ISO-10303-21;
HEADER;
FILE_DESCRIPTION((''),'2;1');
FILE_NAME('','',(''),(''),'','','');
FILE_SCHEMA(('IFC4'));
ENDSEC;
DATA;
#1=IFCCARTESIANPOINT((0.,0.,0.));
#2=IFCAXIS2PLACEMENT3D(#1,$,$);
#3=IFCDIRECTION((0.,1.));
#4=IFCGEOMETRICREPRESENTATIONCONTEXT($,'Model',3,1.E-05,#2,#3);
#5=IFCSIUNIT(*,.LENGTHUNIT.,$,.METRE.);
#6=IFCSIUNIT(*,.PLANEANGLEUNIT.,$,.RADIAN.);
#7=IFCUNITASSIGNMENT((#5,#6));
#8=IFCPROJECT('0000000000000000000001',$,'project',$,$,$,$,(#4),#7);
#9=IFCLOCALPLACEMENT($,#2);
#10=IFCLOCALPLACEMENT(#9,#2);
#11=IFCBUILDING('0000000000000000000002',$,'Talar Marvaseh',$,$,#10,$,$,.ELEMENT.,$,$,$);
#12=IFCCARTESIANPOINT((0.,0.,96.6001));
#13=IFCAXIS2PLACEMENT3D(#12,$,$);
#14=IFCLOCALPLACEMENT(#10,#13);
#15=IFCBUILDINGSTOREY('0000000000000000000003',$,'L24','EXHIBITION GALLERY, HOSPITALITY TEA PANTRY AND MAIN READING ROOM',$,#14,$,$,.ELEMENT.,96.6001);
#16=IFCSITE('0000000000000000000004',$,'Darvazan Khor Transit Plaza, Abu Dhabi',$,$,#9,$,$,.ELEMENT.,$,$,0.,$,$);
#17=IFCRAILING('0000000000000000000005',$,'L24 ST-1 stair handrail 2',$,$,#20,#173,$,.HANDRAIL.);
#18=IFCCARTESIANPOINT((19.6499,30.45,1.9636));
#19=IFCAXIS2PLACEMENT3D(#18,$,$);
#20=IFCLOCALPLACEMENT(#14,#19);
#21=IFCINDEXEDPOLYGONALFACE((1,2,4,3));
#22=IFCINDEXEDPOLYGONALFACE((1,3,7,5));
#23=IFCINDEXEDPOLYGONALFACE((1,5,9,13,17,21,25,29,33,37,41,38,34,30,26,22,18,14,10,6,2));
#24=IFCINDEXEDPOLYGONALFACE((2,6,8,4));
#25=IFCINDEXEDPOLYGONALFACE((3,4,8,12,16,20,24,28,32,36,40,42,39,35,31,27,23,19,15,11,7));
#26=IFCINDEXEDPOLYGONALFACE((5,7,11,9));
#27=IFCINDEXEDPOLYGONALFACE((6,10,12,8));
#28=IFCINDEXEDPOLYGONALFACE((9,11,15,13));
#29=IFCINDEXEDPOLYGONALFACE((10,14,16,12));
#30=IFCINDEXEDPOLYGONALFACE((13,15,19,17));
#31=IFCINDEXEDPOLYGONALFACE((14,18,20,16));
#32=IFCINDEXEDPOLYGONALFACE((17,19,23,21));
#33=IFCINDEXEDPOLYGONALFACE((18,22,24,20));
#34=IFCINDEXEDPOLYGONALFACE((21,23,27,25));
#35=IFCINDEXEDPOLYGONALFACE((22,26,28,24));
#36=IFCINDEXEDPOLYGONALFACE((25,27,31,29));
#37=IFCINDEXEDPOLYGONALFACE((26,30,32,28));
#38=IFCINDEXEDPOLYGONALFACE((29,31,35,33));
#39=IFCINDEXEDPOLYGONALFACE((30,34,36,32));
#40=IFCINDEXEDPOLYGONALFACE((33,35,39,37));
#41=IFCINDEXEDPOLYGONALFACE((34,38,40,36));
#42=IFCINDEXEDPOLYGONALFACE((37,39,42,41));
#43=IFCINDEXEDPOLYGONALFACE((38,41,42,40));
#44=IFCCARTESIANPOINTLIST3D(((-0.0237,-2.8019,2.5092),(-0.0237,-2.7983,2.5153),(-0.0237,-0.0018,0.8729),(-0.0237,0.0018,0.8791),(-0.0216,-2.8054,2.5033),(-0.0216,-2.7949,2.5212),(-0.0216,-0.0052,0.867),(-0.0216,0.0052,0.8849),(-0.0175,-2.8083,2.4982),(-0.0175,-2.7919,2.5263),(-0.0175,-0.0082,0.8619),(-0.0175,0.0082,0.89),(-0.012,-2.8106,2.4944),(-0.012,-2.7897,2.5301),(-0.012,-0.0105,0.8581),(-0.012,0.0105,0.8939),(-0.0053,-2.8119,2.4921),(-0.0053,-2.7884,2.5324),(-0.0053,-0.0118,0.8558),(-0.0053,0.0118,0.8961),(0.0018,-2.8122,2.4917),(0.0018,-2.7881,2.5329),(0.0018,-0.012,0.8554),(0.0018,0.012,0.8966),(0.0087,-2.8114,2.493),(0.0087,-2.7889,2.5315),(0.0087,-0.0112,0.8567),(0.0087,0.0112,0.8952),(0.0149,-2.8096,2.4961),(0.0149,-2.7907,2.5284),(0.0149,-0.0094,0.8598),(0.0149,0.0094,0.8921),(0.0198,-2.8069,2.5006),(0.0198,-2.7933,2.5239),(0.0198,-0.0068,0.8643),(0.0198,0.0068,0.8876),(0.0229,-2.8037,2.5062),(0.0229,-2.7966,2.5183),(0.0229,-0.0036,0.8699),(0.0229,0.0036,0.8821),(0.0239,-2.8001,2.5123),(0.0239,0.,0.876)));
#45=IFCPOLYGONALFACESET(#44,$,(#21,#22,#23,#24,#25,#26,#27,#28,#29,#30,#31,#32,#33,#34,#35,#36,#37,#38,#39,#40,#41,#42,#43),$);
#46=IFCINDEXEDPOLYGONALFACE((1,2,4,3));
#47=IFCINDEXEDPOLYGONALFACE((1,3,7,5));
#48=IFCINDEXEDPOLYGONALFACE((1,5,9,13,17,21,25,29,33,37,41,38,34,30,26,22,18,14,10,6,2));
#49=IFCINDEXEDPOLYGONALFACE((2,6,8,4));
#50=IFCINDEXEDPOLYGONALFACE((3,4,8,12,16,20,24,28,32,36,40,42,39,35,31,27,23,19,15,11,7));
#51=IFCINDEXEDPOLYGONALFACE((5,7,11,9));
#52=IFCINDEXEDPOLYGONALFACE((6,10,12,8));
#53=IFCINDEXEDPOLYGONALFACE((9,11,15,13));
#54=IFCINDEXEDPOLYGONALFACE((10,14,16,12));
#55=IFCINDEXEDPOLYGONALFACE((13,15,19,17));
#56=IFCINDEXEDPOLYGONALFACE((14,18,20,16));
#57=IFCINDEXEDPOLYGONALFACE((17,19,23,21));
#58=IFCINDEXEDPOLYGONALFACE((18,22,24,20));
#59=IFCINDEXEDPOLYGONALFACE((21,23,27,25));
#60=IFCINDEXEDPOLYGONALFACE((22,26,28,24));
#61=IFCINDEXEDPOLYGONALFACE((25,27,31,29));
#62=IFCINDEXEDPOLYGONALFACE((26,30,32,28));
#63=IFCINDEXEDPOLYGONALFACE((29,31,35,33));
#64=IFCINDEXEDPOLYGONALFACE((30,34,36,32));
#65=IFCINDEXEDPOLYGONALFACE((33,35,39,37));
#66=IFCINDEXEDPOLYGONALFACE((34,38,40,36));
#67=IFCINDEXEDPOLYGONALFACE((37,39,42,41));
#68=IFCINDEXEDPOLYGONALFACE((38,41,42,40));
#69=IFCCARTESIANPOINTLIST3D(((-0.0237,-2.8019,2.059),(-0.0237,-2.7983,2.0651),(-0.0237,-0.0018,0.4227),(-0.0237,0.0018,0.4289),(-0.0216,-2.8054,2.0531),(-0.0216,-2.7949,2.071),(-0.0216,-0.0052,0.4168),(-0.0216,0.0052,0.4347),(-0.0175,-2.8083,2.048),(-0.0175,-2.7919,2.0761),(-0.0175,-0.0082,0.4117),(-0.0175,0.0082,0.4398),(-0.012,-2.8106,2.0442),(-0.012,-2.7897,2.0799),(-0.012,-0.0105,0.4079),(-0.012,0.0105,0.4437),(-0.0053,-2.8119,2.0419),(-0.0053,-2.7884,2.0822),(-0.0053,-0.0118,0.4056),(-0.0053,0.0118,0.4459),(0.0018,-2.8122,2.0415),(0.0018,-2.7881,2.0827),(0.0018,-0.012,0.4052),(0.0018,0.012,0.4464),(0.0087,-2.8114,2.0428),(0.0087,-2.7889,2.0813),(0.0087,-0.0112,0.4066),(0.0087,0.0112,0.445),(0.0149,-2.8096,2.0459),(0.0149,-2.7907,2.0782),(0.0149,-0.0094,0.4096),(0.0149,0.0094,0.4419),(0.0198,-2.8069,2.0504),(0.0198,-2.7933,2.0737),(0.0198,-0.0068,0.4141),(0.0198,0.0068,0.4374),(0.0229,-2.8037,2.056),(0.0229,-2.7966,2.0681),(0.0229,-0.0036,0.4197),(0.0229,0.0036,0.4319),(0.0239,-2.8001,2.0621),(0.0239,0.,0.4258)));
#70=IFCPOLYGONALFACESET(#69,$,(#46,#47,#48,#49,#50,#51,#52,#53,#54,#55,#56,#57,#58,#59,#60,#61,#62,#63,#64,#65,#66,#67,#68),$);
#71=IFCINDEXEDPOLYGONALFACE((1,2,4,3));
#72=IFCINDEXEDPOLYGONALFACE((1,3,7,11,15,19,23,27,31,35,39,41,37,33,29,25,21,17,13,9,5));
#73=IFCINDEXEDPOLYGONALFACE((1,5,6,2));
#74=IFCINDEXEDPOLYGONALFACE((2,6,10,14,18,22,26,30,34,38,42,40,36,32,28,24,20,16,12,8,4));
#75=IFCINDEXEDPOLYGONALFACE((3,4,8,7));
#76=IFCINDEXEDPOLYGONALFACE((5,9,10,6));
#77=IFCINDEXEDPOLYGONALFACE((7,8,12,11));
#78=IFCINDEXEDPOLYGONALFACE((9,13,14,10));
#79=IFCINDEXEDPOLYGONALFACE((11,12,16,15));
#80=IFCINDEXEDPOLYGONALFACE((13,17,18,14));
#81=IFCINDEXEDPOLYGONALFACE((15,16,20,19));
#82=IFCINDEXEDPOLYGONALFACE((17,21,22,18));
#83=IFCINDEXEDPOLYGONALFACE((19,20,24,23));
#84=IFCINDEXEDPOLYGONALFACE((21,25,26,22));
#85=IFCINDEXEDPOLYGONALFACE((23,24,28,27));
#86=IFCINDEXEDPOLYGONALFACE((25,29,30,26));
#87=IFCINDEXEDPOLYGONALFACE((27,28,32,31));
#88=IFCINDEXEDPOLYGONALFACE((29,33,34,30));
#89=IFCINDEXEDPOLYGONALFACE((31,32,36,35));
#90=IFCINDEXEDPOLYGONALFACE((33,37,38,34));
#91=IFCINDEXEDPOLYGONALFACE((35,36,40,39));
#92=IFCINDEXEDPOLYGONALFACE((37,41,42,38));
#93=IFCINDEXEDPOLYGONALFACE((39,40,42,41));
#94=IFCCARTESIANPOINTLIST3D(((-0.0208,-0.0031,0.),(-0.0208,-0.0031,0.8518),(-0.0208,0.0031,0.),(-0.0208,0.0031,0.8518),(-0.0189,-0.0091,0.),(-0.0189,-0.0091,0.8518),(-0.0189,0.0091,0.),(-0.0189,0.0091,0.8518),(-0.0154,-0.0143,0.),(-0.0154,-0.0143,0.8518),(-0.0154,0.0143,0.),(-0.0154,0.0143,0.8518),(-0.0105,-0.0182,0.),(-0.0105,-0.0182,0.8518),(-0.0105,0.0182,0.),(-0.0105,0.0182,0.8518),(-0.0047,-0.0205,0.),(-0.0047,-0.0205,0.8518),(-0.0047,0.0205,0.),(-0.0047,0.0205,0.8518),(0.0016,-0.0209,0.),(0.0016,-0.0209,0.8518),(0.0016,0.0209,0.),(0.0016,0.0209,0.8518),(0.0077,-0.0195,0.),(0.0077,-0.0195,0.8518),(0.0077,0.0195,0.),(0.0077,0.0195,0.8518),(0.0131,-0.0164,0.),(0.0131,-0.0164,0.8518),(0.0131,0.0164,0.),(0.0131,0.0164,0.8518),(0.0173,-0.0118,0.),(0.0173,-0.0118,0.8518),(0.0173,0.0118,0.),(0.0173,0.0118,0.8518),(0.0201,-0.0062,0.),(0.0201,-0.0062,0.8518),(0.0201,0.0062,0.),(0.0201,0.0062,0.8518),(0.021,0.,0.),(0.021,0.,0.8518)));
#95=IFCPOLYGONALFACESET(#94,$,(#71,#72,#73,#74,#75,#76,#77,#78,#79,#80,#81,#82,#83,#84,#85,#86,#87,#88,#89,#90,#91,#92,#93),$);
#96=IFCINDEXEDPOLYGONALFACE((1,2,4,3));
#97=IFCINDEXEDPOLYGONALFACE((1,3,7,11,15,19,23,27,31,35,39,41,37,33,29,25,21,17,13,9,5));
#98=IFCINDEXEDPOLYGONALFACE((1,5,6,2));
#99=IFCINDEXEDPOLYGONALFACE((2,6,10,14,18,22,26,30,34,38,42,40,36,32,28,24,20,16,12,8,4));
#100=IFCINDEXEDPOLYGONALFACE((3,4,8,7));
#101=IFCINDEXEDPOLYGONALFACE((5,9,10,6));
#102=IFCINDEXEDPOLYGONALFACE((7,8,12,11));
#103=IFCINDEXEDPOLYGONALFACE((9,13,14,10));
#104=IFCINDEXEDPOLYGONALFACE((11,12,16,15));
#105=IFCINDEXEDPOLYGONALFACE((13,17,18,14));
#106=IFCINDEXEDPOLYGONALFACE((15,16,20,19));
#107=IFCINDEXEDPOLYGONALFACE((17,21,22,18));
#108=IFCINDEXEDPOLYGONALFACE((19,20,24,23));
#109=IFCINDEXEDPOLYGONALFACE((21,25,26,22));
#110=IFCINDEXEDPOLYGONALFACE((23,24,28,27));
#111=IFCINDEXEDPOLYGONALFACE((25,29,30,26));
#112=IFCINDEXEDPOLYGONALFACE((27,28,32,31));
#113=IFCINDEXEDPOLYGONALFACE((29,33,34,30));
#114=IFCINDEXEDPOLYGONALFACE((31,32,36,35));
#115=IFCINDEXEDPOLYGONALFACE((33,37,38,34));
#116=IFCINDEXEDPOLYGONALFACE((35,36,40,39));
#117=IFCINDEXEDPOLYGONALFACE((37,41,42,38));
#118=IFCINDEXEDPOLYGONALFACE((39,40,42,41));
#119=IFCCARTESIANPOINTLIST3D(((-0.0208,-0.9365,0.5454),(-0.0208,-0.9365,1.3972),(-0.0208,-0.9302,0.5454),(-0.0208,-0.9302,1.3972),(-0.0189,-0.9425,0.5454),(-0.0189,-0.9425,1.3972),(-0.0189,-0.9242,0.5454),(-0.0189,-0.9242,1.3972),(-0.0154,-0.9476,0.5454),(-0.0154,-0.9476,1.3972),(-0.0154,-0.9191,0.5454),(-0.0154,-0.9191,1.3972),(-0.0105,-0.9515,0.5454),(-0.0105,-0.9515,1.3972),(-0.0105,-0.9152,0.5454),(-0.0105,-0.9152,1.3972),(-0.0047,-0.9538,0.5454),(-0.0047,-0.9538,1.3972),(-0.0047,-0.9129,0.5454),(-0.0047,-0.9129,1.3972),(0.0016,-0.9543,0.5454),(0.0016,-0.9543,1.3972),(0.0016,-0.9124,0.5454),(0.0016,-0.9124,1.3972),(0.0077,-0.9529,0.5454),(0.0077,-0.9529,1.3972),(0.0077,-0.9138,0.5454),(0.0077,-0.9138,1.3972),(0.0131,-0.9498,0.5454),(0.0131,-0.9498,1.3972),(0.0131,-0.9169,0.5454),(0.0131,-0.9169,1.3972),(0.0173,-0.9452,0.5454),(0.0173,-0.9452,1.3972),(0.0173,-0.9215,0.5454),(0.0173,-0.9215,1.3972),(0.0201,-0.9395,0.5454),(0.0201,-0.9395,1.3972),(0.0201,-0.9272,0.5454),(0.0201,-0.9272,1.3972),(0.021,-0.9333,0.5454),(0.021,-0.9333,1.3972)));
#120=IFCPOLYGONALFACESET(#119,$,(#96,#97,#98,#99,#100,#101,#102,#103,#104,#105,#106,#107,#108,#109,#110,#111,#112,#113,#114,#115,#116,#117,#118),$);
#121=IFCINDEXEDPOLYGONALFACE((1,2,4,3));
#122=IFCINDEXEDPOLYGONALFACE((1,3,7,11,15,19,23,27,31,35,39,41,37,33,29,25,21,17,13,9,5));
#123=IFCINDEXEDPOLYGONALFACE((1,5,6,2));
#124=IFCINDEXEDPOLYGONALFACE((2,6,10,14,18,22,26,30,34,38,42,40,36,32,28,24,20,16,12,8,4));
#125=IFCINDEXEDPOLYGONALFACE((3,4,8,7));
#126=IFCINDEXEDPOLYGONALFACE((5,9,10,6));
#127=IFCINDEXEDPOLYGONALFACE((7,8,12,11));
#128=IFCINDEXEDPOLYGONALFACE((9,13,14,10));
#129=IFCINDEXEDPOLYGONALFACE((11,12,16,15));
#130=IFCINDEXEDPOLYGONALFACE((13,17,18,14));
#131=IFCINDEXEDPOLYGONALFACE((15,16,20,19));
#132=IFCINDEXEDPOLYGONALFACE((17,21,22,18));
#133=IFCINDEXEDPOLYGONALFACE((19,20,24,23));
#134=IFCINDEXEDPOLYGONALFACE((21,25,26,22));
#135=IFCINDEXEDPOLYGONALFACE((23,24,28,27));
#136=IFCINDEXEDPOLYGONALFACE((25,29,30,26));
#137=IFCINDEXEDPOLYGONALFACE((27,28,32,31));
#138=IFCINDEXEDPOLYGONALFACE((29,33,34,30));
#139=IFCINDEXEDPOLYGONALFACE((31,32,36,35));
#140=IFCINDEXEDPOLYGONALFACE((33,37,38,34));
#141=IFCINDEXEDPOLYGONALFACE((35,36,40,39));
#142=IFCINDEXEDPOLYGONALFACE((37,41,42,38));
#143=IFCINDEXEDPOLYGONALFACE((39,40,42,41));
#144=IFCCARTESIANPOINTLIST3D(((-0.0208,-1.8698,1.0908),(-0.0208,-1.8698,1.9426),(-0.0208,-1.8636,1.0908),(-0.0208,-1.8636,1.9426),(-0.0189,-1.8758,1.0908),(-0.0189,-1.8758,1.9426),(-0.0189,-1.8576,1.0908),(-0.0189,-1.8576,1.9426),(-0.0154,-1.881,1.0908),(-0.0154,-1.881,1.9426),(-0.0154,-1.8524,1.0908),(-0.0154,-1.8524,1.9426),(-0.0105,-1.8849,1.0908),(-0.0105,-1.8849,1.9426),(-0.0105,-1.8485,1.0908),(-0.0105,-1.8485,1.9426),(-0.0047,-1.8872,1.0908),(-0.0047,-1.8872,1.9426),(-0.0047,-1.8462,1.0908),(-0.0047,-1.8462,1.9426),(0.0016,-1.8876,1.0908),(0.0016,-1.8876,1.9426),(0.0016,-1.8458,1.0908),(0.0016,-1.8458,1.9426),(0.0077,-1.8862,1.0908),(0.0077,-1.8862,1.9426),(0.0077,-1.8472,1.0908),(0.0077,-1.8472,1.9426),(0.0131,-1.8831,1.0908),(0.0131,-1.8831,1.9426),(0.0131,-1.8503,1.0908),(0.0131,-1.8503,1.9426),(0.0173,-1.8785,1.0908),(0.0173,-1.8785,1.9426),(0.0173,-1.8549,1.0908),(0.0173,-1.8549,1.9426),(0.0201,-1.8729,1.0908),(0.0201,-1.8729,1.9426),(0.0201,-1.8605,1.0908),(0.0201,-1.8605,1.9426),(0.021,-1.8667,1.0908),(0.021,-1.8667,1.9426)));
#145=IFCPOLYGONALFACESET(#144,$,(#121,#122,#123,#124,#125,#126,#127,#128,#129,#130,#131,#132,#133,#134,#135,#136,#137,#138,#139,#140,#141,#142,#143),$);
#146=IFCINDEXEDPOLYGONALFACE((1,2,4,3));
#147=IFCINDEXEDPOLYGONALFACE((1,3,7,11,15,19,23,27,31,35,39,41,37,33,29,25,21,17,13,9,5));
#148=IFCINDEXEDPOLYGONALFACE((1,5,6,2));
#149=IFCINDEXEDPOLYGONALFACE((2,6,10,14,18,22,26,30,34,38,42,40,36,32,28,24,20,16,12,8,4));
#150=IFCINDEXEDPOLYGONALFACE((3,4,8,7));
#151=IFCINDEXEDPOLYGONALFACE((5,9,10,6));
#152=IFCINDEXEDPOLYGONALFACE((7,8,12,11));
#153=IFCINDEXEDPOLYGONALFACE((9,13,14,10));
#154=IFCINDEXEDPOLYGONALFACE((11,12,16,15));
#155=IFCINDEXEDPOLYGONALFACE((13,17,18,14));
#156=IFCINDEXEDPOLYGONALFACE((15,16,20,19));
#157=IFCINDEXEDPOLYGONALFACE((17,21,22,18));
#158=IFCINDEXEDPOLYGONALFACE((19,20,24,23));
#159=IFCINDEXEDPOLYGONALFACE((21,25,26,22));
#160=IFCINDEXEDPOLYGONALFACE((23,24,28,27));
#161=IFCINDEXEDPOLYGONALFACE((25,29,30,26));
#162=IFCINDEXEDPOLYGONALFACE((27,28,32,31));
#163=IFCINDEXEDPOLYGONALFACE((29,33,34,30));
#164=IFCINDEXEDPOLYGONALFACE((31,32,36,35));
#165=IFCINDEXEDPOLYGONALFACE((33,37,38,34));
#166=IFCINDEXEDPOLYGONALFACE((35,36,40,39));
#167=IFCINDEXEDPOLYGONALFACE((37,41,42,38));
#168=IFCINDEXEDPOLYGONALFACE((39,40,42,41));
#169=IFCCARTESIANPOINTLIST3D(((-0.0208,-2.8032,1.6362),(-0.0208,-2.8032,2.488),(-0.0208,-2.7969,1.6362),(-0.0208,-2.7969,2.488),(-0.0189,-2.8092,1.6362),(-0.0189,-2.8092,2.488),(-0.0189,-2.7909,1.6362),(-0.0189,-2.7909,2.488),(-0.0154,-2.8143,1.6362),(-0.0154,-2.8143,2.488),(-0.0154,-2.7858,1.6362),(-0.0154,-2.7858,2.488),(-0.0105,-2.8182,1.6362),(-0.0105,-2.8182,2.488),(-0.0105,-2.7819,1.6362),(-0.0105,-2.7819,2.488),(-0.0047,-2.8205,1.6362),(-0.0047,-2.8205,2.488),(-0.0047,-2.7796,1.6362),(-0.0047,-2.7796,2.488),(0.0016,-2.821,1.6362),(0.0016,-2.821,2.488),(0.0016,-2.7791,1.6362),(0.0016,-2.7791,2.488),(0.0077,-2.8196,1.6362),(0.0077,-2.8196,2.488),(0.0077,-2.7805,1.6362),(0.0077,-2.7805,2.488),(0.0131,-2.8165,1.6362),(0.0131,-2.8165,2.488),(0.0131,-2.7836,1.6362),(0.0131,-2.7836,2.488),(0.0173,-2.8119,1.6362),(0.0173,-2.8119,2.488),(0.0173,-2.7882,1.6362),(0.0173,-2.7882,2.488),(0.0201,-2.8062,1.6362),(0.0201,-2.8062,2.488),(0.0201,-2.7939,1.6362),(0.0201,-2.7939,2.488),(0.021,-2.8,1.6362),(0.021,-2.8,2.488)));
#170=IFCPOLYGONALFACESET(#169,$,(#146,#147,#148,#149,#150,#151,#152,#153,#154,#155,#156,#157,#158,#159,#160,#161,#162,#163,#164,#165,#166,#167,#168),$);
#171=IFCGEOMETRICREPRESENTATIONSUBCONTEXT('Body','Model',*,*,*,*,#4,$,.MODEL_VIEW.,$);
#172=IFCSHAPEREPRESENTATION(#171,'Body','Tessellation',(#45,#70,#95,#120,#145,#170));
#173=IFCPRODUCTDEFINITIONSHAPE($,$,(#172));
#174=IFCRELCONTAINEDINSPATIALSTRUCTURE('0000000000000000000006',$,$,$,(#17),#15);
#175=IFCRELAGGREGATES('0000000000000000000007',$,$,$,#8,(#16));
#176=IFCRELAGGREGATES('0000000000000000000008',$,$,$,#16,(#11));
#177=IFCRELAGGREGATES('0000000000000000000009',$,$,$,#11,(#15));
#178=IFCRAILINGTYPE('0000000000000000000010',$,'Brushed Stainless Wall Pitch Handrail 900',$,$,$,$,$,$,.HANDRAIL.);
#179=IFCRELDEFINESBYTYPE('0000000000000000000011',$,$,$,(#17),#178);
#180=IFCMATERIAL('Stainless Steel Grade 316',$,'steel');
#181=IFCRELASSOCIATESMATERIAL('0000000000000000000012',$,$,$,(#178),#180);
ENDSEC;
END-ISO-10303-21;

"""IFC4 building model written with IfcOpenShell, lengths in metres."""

from ifc_helpers import new_model, si_unit, direction, frame, origin, origin_2d, place, context, subcontext, project, spatial, circle, extrude, material, type_object, element, save


model = new_model("IFC4")

# Units and contexts
model_context = context("Model", 3, precision=1e-05, world=origin(), true_north=direction((0.0, 1.0)))
body_context = subcontext(model_context, "Body", "Model", "MODEL_VIEW")
ifc_project = project(units=[si_unit("LENGTHUNIT", "METRE"), si_unit("PLANEANGLEUNIT", "RADIAN")], contexts=[model_context])

# Site, building, storey
site_placement = place(None, origin())
site = spatial("IfcSite", under=ifc_project, at=site_placement, Name="Darvazan Khor Transit Plaza, Abu Dhabi", CompositionType="ELEMENT", RefElevation=0.0)
building_placement = place(site_placement, origin())
building = spatial("IfcBuilding", under=site, at=building_placement, Name="Talar Marvaseh", CompositionType="ELEMENT")
storey_placement = place(building_placement, frame((0.0, 0.0, 96.6001)))
storey = spatial("IfcBuildingStorey", under=building, at=storey_placement, Name="L24", Description="EXHIBITION GALLERY, HOSPITALITY TEA PANTRY AND MAIN READING ROOM", CompositionType="ELEMENT", Elevation=96.6001)

# Railing
ifc_material_1 = material(Name="Stainless Steel Grade 316", Category="steel")
railing_type_1 = type_object("IfcRailingType", Name="Brushed Stainless Wall Pitch Handrail 900", PredefinedType="HANDRAIL", material=ifc_material_1)
railing_1_placement = place(storey_placement, frame((19.6499, 30.45, 1.9636)))
element("IfcRailing", 1, at=railing_1_placement, inside=storey, type_object=railing_type_1, Name="L24 ST-1 stair handrail 2", PredefinedType="HANDRAIL", context=body_context, shape_type="SweptSolid", body=[
    extrude(circle(Radius=0.0239, at=origin_2d()), frame((0.0, 0.0, 0.876), z_axis=(0.0, -0.863394, 0.504531), x_axis=(1.0, 0.0, 0.0)), (0.0, 0.0, 1.0), 3.2432),
    extrude(circle(Radius=0.0239, at=origin_2d()), frame((0.0, 0.0, 0.4258), z_axis=(0.0, -0.863394, 0.504531), x_axis=(1.0, 0.0, 0.0)), (0.0, 0.0, 1.0), 3.2432),
    extrude(circle(Radius=0.021, at=origin_2d()), origin(), (0.0, 0.0, 1.0), 0.8518),
    extrude(circle(Radius=0.021, at=origin_2d()), frame((0.0, -0.9333, 0.5454)), (0.0, 0.0, 1.0), 0.8518),
    extrude(circle(Radius=0.021, at=origin_2d()), frame((0.0, -1.8667, 1.0908)), (0.0, 0.0, 1.0), 0.8518),
    extrude(circle(Radius=0.021, at=origin_2d()), frame((0.0, -2.8, 1.6362)), (0.0, 0.0, 1.0), 0.8518),
])

save(model, "model.ifc")
